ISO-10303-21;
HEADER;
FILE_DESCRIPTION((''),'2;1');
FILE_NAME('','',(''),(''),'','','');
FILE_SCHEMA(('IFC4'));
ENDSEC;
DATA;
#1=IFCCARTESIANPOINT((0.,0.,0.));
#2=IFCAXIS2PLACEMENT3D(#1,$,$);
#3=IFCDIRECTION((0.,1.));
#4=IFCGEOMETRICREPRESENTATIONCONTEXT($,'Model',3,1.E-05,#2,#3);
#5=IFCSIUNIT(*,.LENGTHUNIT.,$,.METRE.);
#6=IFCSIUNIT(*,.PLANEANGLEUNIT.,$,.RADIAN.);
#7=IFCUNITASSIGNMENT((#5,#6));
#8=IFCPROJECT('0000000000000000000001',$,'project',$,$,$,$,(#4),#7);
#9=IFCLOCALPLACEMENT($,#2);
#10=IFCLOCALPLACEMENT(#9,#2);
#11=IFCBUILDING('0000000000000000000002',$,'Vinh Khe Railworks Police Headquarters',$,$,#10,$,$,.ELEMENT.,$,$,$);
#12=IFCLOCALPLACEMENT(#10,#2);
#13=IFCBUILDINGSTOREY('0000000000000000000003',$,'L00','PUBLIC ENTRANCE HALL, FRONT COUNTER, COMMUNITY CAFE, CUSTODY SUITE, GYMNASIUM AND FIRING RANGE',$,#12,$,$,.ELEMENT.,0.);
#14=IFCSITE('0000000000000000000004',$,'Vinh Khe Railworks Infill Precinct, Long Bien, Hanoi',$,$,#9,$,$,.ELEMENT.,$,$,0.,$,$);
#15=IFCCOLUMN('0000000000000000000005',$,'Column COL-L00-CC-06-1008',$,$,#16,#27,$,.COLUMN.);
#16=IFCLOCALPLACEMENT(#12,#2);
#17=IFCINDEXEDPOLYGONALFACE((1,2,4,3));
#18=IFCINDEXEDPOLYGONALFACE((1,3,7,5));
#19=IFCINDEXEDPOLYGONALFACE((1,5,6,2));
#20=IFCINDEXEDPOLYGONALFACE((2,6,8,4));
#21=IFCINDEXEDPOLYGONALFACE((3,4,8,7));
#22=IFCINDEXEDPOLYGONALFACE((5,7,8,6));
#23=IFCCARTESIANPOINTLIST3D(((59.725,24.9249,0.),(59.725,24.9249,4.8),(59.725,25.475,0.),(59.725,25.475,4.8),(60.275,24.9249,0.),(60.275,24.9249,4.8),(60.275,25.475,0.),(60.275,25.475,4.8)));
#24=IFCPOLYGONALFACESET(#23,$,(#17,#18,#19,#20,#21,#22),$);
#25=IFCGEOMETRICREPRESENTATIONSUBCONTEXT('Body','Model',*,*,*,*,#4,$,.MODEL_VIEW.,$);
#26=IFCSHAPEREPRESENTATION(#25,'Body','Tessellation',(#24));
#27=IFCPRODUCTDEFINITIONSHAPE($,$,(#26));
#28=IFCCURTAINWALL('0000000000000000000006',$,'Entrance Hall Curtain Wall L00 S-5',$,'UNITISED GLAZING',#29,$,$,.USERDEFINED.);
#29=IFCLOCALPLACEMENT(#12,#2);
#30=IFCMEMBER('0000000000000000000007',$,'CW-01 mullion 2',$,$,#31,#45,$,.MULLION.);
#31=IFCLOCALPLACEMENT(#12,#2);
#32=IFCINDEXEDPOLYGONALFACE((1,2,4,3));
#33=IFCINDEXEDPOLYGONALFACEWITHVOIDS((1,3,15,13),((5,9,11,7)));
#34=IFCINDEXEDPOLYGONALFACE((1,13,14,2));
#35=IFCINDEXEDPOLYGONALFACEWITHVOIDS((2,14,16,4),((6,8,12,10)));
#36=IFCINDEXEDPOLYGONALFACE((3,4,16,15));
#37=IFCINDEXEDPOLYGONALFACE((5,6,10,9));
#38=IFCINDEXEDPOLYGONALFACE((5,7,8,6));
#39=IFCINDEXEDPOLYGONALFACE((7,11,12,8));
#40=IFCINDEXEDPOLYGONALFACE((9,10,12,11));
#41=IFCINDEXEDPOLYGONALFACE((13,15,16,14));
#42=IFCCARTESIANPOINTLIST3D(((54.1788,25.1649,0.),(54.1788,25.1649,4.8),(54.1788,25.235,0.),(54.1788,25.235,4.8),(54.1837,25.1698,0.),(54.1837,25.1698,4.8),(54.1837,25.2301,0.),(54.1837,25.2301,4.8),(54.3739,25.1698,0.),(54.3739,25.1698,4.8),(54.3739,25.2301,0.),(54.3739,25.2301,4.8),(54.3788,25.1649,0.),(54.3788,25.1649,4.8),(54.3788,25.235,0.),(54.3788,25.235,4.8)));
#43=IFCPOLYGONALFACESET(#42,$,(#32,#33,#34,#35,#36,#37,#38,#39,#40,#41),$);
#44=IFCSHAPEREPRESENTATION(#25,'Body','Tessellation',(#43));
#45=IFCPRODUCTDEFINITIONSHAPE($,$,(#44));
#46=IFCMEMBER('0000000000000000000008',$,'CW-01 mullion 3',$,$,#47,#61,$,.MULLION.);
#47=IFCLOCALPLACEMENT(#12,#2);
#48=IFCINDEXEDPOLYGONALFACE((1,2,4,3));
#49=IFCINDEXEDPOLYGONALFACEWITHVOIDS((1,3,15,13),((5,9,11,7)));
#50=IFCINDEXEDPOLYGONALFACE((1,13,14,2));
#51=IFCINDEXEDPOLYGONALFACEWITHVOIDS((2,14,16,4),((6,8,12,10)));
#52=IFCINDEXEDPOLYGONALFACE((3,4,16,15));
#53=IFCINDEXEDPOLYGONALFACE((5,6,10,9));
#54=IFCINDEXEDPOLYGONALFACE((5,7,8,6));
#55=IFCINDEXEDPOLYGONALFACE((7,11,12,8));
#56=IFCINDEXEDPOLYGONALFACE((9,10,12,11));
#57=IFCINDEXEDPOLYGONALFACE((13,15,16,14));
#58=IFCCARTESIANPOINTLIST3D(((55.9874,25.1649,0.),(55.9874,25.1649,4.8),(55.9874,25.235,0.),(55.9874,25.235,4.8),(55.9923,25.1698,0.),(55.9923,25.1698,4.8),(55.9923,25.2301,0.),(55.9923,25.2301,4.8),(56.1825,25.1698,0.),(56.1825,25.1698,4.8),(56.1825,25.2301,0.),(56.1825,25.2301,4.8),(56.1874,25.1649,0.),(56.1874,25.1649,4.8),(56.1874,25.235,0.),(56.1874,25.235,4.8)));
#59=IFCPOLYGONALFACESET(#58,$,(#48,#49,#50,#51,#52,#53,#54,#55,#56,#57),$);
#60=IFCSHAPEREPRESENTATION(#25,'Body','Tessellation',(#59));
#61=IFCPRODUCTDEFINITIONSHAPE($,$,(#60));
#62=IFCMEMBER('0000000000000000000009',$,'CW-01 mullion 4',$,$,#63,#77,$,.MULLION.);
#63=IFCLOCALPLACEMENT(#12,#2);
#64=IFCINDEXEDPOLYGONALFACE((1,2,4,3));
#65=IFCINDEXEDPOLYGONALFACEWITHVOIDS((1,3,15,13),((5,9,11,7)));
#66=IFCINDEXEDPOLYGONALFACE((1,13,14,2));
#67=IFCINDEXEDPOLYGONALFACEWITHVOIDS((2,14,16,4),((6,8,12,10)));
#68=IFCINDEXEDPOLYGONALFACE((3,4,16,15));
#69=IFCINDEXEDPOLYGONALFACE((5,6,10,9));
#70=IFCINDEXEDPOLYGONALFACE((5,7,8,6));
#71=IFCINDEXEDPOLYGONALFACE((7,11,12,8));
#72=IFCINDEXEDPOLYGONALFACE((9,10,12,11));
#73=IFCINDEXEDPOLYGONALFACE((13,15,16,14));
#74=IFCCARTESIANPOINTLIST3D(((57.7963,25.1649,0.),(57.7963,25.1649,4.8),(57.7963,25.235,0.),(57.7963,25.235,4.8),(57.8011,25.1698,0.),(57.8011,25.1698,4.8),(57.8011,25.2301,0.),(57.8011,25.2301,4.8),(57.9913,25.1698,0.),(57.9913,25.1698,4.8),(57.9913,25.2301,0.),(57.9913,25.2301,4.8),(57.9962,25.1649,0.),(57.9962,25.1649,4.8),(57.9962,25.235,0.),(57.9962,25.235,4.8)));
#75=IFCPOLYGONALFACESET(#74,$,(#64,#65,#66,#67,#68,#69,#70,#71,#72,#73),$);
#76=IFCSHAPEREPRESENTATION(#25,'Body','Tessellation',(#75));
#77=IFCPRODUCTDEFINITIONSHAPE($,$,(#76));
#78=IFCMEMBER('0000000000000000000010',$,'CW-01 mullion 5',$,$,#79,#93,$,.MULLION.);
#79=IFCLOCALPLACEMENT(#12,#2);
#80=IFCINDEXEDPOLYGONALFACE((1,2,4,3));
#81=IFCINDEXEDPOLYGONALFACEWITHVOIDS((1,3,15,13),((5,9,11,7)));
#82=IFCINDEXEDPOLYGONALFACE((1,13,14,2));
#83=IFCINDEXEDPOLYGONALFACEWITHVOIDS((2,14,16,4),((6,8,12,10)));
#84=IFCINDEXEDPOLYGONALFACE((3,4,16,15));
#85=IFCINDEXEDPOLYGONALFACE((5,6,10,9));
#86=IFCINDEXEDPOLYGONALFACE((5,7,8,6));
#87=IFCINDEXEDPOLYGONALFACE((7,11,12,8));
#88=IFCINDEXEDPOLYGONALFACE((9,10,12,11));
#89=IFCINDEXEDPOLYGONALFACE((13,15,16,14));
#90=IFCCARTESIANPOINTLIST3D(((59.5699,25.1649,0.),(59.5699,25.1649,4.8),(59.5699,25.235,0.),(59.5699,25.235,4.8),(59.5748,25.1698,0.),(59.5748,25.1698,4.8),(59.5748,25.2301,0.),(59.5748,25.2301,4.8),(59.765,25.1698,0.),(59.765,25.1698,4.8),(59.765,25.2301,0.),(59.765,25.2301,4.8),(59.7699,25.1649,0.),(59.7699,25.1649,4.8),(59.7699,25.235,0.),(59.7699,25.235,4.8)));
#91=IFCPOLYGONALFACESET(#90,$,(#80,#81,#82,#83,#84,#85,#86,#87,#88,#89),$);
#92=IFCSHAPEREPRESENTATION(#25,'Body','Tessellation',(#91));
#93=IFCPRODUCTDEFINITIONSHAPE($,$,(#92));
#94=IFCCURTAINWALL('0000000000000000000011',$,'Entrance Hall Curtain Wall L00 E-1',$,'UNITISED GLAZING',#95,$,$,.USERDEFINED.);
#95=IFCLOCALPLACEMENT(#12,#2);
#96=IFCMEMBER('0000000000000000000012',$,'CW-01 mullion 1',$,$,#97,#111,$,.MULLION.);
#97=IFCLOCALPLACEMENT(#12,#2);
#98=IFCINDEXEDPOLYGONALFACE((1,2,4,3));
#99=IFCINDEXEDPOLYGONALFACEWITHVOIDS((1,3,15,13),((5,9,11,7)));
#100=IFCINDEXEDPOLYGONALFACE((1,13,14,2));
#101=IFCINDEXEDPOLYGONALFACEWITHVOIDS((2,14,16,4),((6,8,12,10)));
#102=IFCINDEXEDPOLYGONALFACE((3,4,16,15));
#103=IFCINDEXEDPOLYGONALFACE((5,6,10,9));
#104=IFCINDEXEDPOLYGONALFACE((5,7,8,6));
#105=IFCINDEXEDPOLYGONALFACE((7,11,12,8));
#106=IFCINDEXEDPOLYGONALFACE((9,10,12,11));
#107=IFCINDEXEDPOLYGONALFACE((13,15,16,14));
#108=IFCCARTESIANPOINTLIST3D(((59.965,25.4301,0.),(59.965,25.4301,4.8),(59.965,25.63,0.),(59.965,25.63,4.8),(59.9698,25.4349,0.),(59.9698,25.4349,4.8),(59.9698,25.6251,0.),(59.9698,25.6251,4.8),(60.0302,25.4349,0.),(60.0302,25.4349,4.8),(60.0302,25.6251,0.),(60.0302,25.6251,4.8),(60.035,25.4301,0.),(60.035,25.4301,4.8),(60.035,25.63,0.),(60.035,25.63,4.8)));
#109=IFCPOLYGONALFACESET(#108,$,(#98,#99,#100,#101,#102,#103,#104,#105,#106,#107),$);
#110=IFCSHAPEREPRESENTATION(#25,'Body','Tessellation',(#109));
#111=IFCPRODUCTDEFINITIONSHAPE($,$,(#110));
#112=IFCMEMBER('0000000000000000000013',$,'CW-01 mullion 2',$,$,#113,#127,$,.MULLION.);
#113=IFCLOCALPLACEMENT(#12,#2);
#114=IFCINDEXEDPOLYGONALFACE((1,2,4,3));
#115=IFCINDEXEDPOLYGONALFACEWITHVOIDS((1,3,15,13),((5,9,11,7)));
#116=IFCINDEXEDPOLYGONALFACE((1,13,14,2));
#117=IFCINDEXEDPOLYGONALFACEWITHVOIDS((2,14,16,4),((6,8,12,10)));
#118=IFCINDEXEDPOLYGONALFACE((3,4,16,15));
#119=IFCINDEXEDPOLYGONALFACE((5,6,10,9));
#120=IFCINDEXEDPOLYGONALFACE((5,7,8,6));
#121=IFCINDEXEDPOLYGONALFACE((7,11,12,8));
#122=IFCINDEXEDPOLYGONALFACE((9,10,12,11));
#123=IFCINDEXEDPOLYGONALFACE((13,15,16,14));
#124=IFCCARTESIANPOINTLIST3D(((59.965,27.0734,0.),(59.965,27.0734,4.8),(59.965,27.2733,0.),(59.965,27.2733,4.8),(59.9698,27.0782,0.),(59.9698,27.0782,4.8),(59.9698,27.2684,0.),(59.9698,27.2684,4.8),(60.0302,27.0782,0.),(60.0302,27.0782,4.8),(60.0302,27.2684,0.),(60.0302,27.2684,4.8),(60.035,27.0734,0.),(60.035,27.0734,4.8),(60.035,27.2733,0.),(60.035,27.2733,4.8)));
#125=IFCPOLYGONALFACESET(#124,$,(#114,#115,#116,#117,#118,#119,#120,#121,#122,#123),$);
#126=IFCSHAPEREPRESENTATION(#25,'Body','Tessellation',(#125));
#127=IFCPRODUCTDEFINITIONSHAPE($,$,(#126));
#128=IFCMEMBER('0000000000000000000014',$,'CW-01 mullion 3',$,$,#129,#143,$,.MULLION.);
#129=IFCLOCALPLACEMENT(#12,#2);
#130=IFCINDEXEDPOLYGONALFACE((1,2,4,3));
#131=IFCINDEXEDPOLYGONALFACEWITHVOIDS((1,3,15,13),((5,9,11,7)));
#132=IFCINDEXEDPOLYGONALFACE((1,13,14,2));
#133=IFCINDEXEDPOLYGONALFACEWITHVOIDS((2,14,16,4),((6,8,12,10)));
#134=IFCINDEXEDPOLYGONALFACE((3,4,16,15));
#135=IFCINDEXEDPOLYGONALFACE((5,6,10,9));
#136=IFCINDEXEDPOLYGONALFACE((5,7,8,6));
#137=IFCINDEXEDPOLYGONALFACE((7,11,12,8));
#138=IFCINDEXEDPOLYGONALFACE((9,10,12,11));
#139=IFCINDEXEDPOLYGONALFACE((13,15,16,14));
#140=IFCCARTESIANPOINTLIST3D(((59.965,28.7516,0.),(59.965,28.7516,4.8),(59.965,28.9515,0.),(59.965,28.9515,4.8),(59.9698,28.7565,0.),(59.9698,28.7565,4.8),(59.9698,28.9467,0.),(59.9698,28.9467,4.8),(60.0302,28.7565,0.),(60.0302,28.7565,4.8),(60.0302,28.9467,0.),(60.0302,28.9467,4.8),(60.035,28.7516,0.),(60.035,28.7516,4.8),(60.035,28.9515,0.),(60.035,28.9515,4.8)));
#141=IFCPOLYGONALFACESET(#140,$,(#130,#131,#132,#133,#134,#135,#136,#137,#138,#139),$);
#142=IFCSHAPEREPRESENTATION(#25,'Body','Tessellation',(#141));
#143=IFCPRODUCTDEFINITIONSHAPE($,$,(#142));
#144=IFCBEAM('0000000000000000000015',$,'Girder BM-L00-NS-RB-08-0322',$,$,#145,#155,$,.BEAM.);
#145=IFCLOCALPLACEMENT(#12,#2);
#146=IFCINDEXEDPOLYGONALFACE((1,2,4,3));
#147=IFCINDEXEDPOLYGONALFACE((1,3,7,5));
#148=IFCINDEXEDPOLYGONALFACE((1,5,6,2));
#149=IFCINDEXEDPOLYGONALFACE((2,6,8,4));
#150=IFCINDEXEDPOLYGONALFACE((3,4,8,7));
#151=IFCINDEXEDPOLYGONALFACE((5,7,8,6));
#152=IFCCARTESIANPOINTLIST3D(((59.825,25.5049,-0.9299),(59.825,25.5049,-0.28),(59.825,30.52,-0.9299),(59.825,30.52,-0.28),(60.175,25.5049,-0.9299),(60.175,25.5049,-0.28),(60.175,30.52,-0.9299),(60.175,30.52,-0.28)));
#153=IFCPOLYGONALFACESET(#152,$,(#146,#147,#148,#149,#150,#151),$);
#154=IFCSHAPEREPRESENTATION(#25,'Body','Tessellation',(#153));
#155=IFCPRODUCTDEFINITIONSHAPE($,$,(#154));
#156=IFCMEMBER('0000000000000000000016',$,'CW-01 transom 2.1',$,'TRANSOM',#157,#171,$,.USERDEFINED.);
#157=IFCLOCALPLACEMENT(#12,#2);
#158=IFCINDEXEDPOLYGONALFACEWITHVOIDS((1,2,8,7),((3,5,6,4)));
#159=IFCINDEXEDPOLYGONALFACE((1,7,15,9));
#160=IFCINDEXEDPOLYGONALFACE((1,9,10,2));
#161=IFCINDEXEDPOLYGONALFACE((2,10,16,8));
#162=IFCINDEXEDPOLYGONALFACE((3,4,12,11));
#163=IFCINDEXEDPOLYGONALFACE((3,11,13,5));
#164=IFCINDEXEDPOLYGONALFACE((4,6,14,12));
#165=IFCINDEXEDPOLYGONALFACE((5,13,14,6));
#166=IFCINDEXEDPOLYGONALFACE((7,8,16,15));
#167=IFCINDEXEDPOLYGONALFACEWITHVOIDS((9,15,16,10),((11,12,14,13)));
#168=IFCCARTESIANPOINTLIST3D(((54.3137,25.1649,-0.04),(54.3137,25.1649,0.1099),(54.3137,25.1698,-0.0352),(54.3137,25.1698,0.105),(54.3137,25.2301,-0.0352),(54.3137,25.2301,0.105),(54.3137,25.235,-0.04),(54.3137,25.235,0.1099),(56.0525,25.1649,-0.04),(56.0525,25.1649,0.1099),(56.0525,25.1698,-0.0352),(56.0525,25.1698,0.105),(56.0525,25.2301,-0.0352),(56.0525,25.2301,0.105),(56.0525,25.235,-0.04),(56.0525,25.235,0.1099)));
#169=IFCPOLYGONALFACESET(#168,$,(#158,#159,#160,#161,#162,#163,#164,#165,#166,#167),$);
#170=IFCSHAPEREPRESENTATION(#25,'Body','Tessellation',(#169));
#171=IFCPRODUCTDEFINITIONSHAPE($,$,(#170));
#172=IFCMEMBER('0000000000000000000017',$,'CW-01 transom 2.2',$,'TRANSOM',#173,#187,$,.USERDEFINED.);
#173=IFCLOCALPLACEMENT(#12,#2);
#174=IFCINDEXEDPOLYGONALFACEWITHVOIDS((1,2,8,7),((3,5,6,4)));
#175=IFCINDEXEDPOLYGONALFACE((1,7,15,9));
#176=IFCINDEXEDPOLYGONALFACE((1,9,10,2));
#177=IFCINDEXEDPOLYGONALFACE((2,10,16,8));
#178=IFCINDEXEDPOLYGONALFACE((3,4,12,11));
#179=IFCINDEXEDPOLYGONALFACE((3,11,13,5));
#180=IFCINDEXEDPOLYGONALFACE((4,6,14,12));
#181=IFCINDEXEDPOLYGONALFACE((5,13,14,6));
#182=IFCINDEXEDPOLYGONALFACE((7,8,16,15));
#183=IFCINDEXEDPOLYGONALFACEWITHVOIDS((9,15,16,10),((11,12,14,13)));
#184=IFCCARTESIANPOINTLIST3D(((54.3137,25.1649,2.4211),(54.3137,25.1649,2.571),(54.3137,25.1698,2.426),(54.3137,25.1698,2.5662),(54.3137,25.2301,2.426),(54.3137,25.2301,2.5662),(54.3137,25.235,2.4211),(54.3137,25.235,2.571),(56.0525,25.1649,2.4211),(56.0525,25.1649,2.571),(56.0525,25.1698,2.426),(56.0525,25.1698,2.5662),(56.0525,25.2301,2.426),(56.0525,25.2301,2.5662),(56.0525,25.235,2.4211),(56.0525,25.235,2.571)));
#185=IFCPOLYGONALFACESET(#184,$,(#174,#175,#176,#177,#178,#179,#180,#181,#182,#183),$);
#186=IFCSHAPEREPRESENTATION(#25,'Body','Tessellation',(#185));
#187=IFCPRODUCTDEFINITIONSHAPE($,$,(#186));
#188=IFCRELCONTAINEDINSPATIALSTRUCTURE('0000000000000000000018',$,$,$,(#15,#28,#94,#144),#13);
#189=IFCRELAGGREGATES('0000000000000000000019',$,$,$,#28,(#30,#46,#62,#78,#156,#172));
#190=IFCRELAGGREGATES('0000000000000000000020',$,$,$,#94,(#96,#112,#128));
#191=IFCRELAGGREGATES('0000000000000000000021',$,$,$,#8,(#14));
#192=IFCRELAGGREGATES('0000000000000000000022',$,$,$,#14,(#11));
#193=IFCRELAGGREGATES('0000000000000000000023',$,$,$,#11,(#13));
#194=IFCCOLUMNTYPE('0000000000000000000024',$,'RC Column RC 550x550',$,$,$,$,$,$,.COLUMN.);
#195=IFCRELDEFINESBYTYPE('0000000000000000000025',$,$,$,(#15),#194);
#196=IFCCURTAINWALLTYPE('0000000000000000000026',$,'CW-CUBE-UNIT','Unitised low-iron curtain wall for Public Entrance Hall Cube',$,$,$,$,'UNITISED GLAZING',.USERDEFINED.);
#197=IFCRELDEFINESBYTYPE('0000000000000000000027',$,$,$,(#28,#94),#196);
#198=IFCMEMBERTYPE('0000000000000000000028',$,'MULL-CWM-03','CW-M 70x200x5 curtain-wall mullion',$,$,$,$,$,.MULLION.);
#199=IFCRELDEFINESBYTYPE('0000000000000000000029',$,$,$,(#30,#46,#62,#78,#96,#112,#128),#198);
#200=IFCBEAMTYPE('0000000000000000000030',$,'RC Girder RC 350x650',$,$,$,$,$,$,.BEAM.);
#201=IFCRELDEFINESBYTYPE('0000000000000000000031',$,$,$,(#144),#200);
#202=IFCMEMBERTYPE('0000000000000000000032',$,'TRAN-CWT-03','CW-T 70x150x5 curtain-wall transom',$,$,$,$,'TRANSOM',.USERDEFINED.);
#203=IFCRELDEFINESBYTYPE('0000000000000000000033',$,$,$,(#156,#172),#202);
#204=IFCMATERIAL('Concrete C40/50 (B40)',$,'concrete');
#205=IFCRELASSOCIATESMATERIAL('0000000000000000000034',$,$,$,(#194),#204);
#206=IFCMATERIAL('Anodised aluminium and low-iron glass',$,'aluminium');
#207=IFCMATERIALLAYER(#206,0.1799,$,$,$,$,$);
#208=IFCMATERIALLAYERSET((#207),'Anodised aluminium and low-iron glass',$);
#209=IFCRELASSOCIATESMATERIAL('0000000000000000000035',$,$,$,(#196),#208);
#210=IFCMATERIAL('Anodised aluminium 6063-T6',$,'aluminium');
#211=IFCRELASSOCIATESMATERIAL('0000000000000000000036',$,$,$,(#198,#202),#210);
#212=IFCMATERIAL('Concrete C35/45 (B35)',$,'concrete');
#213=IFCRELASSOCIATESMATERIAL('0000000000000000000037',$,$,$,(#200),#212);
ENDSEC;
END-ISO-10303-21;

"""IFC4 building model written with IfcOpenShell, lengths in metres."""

from ifc_helpers import new_model, si_unit, direction, frame, origin, origin_2d, place, context, subcontext, project, spatial, rectangle, hollow_rectangle, extrude, material, layer, layer_set, material_profile, profile_set, type_object, element, aggregate, save


model = new_model("IFC4")

# Units and contexts
model_context = context("Model", 3, precision=1e-05, world=origin(), true_north=direction((0.0, 1.0)))
body_context = subcontext(model_context, "Body", "Model", "MODEL_VIEW")
ifc_project = project(units=[si_unit("LENGTHUNIT", "METRE"), si_unit("PLANEANGLEUNIT", "RADIAN")], contexts=[model_context])

# Site, building, storey
site_placement = place(None, origin())
site = spatial("IfcSite", under=ifc_project, at=site_placement, Name="Vinh Khe Railworks Infill Precinct, Long Bien, Hanoi", CompositionType="ELEMENT", RefElevation=0.0)
building_placement = place(site_placement, origin())
building = spatial("IfcBuilding", under=site, at=building_placement, Name="Vinh Khe Railworks Police Headquarters", CompositionType="ELEMENT")
storey_placement = place(building_placement, origin())
storey = spatial("IfcBuildingStorey", under=building, at=storey_placement, Name="L00", Description="PUBLIC ENTRANCE HALL, FRONT COUNTER, COMMUNITY CAFE, CUSTODY SUITE, GYMNASIUM AND FIRING RANGE", CompositionType="ELEMENT", Elevation=0.0)

# Column
ifc_material_1 = material(Name="Concrete C40/50 (B40)", Category="concrete")
ifc_material_profile_1 = material_profile(ifc_material_1, rectangle(XDim=0.55, YDim=0.55, at=origin_2d()), Name="RC 550x550")
ifc_profile_set_1 = profile_set([ifc_material_profile_1], Name="Concrete C40/50 (B40)")
column_type = type_object("IfcColumnType", Name="RC Column RC 550x550", PredefinedType="COLUMN", material=ifc_profile_set_1)
column_placement = place(storey_placement, frame((60.0, 25.2, 0.0), z_axis=(0.0, 0.0, 1.0), x_axis=(1.0, 0.0, 0.0)))
element("IfcColumn", 1, at=column_placement, inside=storey, type_object=column_type, Name="Column COL-L00-CC-06-1008", PredefinedType="COLUMN", context=body_context, shape_type="SweptSolid", body=[
    extrude(rectangle(XDim=0.55, YDim=0.55, at=origin_2d()), origin(), (0.0, 0.0, 1.0), 4.8),
])

# Curtain walls, members
ifc_material_2 = material(Name="Anodised aluminium and low-iron glass", Category="aluminium")
ifc_layer_1 = layer(ifc_material_2, 0.1799)
ifc_layer_set_1 = layer_set([ifc_layer_1], Name="Anodised aluminium and low-iron glass")
curtain_wall_type = type_object("IfcCurtainWallType", Name="CW-CUBE-UNIT", Description="Unitised low-iron curtain wall for Public Entrance Hall Cube", ElementType="UNITISED GLAZING", PredefinedType="USERDEFINED", material=ifc_layer_set_1)
curtain_wall_1_placement = place(storey_placement, origin())
curtain_wall_1 = element("IfcCurtainWall", 2, at=curtain_wall_1_placement, inside=storey, type_object=curtain_wall_type, Name="Entrance Hall Curtain Wall L00 S-5", ObjectType="UNITISED GLAZING", PredefinedType="USERDEFINED")
ifc_material_3 = material(Name="Anodised aluminium 6063-T6", Category="aluminium")
ifc_material_profile_2 = material_profile(ifc_material_3, hollow_rectangle(XDim=0.0701, YDim=0.2, WallThickness=0.0049, at=origin_2d()), Name="CW-M 70x200x5")
ifc_profile_set_2 = profile_set([ifc_material_profile_2], Name="Anodised aluminium 6063-T6")
member_type_1 = type_object("IfcMemberType", Name="MULL-CWM-03", Description="CW-M 70x200x5 curtain-wall mullion", PredefinedType="MULLION", material=ifc_profile_set_2)
member_1_placement = place(storey_placement, frame((54.2788, 25.2, 0.0), z_axis=(0.0, 0.0, 1.0), x_axis=(0.0, 1.0, 0.0)))
member_1 = element("IfcMember", 3, at=member_1_placement, type_object=member_type_1, Name="CW-01 mullion 2", PredefinedType="MULLION", context=body_context, shape_type="SweptSolid", body=[
    extrude(hollow_rectangle(XDim=0.0701, YDim=0.2, WallThickness=0.0049, at=origin_2d()), origin(), (0.0, 0.0, 1.0), 4.8),
])
member_2_placement = place(storey_placement, frame((56.0874, 25.2, 0.0), z_axis=(0.0, 0.0, 1.0), x_axis=(0.0, 1.0, 0.0)))
member_2 = element("IfcMember", 4, at=member_2_placement, type_object=member_type_1, Name="CW-01 mullion 3", PredefinedType="MULLION", context=body_context, shape_type="SweptSolid", body=[
    extrude(hollow_rectangle(XDim=0.0701, YDim=0.2, WallThickness=0.0049, at=origin_2d()), origin(), (0.0, 0.0, 1.0), 4.8),
])
member_3_placement = place(storey_placement, frame((57.8962, 25.2, 0.0), z_axis=(0.0, 0.0, 1.0), x_axis=(0.0, 1.0, 0.0)))
member_3 = element("IfcMember", 5, at=member_3_placement, type_object=member_type_1, Name="CW-01 mullion 4", PredefinedType="MULLION", context=body_context, shape_type="SweptSolid", body=[
    extrude(hollow_rectangle(XDim=0.0701, YDim=0.2, WallThickness=0.0049, at=origin_2d()), origin(), (0.0, 0.0, 1.0), 4.8),
])
member_4_placement = place(storey_placement, frame((59.6699, 25.2, 0.0), z_axis=(0.0, 0.0, 1.0), x_axis=(0.0, 1.0, 0.0)))
member_4 = element("IfcMember", 6, at=member_4_placement, type_object=member_type_1, Name="CW-01 mullion 5", PredefinedType="MULLION", context=body_context, shape_type="SweptSolid", body=[
    extrude(hollow_rectangle(XDim=0.0701, YDim=0.2, WallThickness=0.0049, at=origin_2d()), origin(), (0.0, 0.0, 1.0), 4.8),
])
curtain_wall_2_placement = place(storey_placement, origin())
curtain_wall_2 = element("IfcCurtainWall", 7, at=curtain_wall_2_placement, inside=storey, type_object=curtain_wall_type, Name="Entrance Hall Curtain Wall L00 E-1", ObjectType="UNITISED GLAZING", PredefinedType="USERDEFINED")
member_5_placement = place(storey_placement, frame((60.0, 25.53, 0.0), z_axis=(0.0, 0.0, 1.0), x_axis=(-1.0, 0.0, 0.0)))
member_5 = element("IfcMember", 8, at=member_5_placement, type_object=member_type_1, Name="CW-01 mullion 1", PredefinedType="MULLION", context=body_context, shape_type="SweptSolid", body=[
    extrude(hollow_rectangle(XDim=0.0701, YDim=0.2, WallThickness=0.0049, at=origin_2d()), origin(), (0.0, 0.0, 1.0), 4.8),
])
member_6_placement = place(storey_placement, frame((60.0, 27.1733, 0.0), z_axis=(0.0, 0.0, 1.0), x_axis=(-1.0, 0.0, 0.0)))
member_6 = element("IfcMember", 9, at=member_6_placement, type_object=member_type_1, Name="CW-01 mullion 2", PredefinedType="MULLION", context=body_context, shape_type="SweptSolid", body=[
    extrude(hollow_rectangle(XDim=0.0701, YDim=0.2, WallThickness=0.0049, at=origin_2d()), origin(), (0.0, 0.0, 1.0), 4.8),
])
member_7_placement = place(storey_placement, frame((60.0, 28.8516, 0.0), z_axis=(0.0, 0.0, 1.0), x_axis=(-1.0, 0.0, 0.0)))
member_7 = element("IfcMember", 10, at=member_7_placement, type_object=member_type_1, Name="CW-01 mullion 3", PredefinedType="MULLION", context=body_context, shape_type="SweptSolid", body=[
    extrude(hollow_rectangle(XDim=0.0701, YDim=0.2, WallThickness=0.0049, at=origin_2d()), origin(), (0.0, 0.0, 1.0), 4.8),
])

# Beam
ifc_material_4 = material(Name="Concrete C35/45 (B35)", Category="concrete")
ifc_material_profile_3 = material_profile(ifc_material_4, rectangle(XDim=0.3501, YDim=0.6499, at=origin_2d()), Name="RC 350x650")
ifc_profile_set_3 = profile_set([ifc_material_profile_3], Name="Concrete C35/45 (B35)")
beam_type = type_object("IfcBeamType", Name="RC Girder RC 350x650", PredefinedType="BEAM", material=ifc_profile_set_3)
beam_placement = place(storey_placement, frame((60.0, 25.5049, -0.605), z_axis=(0.0, 1.0, 0.0), x_axis=(-1.0, 0.0, 0.0)))
element("IfcBeam", 11, at=beam_placement, inside=storey, type_object=beam_type, Name="Girder BM-L00-NS-RB-08-0322", PredefinedType="BEAM", context=body_context, shape_type="SweptSolid", body=[
    extrude(rectangle(XDim=0.3501, YDim=0.6499, at=origin_2d()), origin(), (0.0, 0.0, 1.0), 5.0151),
])

# Members
ifc_material_profile_4 = material_profile(ifc_material_3, hollow_rectangle(XDim=0.0701, YDim=0.1499, WallThickness=0.0049, at=origin_2d()), Name="CW-T 70x150x5")
ifc_profile_set_4 = profile_set([ifc_material_profile_4], Name="Anodised aluminium 6063-T6")
member_type_2 = type_object("IfcMemberType", Name="TRAN-CWT-03", Description="CW-T 70x150x5 curtain-wall transom", ElementType="TRANSOM", PredefinedType="USERDEFINED", material=ifc_profile_set_4)
member_8_placement = place(storey_placement, frame((54.3137, 25.2, 0.0349), z_axis=(1.0, 0.0, 0.0), x_axis=(0.0, 1.0, 0.0)))
member_8 = element("IfcMember", 12, at=member_8_placement, type_object=member_type_2, Name="CW-01 transom 2.1", ObjectType="TRANSOM", PredefinedType="USERDEFINED", context=body_context, shape_type="SweptSolid", body=[
    extrude(hollow_rectangle(XDim=0.0701, YDim=0.1499, WallThickness=0.0049, at=origin_2d()), origin(), (0.0, 0.0, 1.0), 1.7388),
])
member_9_placement = place(storey_placement, frame((54.3137, 25.2, 2.4961), z_axis=(1.0, 0.0, 0.0), x_axis=(0.0, 1.0, 0.0)))
member_9 = element("IfcMember", 13, at=member_9_placement, type_object=member_type_2, Name="CW-01 transom 2.2", ObjectType="TRANSOM", PredefinedType="USERDEFINED", context=body_context, shape_type="SweptSolid", body=[
    extrude(hollow_rectangle(XDim=0.0701, YDim=0.1499, WallThickness=0.0049, at=origin_2d()), origin(), (0.0, 0.0, 1.0), 1.7388),
])

aggregate(curtain_wall_1, [member_1, member_2, member_3, member_4, member_8, member_9])
aggregate(curtain_wall_2, [member_5, member_6, member_7])

save(model, "model.ifc")
